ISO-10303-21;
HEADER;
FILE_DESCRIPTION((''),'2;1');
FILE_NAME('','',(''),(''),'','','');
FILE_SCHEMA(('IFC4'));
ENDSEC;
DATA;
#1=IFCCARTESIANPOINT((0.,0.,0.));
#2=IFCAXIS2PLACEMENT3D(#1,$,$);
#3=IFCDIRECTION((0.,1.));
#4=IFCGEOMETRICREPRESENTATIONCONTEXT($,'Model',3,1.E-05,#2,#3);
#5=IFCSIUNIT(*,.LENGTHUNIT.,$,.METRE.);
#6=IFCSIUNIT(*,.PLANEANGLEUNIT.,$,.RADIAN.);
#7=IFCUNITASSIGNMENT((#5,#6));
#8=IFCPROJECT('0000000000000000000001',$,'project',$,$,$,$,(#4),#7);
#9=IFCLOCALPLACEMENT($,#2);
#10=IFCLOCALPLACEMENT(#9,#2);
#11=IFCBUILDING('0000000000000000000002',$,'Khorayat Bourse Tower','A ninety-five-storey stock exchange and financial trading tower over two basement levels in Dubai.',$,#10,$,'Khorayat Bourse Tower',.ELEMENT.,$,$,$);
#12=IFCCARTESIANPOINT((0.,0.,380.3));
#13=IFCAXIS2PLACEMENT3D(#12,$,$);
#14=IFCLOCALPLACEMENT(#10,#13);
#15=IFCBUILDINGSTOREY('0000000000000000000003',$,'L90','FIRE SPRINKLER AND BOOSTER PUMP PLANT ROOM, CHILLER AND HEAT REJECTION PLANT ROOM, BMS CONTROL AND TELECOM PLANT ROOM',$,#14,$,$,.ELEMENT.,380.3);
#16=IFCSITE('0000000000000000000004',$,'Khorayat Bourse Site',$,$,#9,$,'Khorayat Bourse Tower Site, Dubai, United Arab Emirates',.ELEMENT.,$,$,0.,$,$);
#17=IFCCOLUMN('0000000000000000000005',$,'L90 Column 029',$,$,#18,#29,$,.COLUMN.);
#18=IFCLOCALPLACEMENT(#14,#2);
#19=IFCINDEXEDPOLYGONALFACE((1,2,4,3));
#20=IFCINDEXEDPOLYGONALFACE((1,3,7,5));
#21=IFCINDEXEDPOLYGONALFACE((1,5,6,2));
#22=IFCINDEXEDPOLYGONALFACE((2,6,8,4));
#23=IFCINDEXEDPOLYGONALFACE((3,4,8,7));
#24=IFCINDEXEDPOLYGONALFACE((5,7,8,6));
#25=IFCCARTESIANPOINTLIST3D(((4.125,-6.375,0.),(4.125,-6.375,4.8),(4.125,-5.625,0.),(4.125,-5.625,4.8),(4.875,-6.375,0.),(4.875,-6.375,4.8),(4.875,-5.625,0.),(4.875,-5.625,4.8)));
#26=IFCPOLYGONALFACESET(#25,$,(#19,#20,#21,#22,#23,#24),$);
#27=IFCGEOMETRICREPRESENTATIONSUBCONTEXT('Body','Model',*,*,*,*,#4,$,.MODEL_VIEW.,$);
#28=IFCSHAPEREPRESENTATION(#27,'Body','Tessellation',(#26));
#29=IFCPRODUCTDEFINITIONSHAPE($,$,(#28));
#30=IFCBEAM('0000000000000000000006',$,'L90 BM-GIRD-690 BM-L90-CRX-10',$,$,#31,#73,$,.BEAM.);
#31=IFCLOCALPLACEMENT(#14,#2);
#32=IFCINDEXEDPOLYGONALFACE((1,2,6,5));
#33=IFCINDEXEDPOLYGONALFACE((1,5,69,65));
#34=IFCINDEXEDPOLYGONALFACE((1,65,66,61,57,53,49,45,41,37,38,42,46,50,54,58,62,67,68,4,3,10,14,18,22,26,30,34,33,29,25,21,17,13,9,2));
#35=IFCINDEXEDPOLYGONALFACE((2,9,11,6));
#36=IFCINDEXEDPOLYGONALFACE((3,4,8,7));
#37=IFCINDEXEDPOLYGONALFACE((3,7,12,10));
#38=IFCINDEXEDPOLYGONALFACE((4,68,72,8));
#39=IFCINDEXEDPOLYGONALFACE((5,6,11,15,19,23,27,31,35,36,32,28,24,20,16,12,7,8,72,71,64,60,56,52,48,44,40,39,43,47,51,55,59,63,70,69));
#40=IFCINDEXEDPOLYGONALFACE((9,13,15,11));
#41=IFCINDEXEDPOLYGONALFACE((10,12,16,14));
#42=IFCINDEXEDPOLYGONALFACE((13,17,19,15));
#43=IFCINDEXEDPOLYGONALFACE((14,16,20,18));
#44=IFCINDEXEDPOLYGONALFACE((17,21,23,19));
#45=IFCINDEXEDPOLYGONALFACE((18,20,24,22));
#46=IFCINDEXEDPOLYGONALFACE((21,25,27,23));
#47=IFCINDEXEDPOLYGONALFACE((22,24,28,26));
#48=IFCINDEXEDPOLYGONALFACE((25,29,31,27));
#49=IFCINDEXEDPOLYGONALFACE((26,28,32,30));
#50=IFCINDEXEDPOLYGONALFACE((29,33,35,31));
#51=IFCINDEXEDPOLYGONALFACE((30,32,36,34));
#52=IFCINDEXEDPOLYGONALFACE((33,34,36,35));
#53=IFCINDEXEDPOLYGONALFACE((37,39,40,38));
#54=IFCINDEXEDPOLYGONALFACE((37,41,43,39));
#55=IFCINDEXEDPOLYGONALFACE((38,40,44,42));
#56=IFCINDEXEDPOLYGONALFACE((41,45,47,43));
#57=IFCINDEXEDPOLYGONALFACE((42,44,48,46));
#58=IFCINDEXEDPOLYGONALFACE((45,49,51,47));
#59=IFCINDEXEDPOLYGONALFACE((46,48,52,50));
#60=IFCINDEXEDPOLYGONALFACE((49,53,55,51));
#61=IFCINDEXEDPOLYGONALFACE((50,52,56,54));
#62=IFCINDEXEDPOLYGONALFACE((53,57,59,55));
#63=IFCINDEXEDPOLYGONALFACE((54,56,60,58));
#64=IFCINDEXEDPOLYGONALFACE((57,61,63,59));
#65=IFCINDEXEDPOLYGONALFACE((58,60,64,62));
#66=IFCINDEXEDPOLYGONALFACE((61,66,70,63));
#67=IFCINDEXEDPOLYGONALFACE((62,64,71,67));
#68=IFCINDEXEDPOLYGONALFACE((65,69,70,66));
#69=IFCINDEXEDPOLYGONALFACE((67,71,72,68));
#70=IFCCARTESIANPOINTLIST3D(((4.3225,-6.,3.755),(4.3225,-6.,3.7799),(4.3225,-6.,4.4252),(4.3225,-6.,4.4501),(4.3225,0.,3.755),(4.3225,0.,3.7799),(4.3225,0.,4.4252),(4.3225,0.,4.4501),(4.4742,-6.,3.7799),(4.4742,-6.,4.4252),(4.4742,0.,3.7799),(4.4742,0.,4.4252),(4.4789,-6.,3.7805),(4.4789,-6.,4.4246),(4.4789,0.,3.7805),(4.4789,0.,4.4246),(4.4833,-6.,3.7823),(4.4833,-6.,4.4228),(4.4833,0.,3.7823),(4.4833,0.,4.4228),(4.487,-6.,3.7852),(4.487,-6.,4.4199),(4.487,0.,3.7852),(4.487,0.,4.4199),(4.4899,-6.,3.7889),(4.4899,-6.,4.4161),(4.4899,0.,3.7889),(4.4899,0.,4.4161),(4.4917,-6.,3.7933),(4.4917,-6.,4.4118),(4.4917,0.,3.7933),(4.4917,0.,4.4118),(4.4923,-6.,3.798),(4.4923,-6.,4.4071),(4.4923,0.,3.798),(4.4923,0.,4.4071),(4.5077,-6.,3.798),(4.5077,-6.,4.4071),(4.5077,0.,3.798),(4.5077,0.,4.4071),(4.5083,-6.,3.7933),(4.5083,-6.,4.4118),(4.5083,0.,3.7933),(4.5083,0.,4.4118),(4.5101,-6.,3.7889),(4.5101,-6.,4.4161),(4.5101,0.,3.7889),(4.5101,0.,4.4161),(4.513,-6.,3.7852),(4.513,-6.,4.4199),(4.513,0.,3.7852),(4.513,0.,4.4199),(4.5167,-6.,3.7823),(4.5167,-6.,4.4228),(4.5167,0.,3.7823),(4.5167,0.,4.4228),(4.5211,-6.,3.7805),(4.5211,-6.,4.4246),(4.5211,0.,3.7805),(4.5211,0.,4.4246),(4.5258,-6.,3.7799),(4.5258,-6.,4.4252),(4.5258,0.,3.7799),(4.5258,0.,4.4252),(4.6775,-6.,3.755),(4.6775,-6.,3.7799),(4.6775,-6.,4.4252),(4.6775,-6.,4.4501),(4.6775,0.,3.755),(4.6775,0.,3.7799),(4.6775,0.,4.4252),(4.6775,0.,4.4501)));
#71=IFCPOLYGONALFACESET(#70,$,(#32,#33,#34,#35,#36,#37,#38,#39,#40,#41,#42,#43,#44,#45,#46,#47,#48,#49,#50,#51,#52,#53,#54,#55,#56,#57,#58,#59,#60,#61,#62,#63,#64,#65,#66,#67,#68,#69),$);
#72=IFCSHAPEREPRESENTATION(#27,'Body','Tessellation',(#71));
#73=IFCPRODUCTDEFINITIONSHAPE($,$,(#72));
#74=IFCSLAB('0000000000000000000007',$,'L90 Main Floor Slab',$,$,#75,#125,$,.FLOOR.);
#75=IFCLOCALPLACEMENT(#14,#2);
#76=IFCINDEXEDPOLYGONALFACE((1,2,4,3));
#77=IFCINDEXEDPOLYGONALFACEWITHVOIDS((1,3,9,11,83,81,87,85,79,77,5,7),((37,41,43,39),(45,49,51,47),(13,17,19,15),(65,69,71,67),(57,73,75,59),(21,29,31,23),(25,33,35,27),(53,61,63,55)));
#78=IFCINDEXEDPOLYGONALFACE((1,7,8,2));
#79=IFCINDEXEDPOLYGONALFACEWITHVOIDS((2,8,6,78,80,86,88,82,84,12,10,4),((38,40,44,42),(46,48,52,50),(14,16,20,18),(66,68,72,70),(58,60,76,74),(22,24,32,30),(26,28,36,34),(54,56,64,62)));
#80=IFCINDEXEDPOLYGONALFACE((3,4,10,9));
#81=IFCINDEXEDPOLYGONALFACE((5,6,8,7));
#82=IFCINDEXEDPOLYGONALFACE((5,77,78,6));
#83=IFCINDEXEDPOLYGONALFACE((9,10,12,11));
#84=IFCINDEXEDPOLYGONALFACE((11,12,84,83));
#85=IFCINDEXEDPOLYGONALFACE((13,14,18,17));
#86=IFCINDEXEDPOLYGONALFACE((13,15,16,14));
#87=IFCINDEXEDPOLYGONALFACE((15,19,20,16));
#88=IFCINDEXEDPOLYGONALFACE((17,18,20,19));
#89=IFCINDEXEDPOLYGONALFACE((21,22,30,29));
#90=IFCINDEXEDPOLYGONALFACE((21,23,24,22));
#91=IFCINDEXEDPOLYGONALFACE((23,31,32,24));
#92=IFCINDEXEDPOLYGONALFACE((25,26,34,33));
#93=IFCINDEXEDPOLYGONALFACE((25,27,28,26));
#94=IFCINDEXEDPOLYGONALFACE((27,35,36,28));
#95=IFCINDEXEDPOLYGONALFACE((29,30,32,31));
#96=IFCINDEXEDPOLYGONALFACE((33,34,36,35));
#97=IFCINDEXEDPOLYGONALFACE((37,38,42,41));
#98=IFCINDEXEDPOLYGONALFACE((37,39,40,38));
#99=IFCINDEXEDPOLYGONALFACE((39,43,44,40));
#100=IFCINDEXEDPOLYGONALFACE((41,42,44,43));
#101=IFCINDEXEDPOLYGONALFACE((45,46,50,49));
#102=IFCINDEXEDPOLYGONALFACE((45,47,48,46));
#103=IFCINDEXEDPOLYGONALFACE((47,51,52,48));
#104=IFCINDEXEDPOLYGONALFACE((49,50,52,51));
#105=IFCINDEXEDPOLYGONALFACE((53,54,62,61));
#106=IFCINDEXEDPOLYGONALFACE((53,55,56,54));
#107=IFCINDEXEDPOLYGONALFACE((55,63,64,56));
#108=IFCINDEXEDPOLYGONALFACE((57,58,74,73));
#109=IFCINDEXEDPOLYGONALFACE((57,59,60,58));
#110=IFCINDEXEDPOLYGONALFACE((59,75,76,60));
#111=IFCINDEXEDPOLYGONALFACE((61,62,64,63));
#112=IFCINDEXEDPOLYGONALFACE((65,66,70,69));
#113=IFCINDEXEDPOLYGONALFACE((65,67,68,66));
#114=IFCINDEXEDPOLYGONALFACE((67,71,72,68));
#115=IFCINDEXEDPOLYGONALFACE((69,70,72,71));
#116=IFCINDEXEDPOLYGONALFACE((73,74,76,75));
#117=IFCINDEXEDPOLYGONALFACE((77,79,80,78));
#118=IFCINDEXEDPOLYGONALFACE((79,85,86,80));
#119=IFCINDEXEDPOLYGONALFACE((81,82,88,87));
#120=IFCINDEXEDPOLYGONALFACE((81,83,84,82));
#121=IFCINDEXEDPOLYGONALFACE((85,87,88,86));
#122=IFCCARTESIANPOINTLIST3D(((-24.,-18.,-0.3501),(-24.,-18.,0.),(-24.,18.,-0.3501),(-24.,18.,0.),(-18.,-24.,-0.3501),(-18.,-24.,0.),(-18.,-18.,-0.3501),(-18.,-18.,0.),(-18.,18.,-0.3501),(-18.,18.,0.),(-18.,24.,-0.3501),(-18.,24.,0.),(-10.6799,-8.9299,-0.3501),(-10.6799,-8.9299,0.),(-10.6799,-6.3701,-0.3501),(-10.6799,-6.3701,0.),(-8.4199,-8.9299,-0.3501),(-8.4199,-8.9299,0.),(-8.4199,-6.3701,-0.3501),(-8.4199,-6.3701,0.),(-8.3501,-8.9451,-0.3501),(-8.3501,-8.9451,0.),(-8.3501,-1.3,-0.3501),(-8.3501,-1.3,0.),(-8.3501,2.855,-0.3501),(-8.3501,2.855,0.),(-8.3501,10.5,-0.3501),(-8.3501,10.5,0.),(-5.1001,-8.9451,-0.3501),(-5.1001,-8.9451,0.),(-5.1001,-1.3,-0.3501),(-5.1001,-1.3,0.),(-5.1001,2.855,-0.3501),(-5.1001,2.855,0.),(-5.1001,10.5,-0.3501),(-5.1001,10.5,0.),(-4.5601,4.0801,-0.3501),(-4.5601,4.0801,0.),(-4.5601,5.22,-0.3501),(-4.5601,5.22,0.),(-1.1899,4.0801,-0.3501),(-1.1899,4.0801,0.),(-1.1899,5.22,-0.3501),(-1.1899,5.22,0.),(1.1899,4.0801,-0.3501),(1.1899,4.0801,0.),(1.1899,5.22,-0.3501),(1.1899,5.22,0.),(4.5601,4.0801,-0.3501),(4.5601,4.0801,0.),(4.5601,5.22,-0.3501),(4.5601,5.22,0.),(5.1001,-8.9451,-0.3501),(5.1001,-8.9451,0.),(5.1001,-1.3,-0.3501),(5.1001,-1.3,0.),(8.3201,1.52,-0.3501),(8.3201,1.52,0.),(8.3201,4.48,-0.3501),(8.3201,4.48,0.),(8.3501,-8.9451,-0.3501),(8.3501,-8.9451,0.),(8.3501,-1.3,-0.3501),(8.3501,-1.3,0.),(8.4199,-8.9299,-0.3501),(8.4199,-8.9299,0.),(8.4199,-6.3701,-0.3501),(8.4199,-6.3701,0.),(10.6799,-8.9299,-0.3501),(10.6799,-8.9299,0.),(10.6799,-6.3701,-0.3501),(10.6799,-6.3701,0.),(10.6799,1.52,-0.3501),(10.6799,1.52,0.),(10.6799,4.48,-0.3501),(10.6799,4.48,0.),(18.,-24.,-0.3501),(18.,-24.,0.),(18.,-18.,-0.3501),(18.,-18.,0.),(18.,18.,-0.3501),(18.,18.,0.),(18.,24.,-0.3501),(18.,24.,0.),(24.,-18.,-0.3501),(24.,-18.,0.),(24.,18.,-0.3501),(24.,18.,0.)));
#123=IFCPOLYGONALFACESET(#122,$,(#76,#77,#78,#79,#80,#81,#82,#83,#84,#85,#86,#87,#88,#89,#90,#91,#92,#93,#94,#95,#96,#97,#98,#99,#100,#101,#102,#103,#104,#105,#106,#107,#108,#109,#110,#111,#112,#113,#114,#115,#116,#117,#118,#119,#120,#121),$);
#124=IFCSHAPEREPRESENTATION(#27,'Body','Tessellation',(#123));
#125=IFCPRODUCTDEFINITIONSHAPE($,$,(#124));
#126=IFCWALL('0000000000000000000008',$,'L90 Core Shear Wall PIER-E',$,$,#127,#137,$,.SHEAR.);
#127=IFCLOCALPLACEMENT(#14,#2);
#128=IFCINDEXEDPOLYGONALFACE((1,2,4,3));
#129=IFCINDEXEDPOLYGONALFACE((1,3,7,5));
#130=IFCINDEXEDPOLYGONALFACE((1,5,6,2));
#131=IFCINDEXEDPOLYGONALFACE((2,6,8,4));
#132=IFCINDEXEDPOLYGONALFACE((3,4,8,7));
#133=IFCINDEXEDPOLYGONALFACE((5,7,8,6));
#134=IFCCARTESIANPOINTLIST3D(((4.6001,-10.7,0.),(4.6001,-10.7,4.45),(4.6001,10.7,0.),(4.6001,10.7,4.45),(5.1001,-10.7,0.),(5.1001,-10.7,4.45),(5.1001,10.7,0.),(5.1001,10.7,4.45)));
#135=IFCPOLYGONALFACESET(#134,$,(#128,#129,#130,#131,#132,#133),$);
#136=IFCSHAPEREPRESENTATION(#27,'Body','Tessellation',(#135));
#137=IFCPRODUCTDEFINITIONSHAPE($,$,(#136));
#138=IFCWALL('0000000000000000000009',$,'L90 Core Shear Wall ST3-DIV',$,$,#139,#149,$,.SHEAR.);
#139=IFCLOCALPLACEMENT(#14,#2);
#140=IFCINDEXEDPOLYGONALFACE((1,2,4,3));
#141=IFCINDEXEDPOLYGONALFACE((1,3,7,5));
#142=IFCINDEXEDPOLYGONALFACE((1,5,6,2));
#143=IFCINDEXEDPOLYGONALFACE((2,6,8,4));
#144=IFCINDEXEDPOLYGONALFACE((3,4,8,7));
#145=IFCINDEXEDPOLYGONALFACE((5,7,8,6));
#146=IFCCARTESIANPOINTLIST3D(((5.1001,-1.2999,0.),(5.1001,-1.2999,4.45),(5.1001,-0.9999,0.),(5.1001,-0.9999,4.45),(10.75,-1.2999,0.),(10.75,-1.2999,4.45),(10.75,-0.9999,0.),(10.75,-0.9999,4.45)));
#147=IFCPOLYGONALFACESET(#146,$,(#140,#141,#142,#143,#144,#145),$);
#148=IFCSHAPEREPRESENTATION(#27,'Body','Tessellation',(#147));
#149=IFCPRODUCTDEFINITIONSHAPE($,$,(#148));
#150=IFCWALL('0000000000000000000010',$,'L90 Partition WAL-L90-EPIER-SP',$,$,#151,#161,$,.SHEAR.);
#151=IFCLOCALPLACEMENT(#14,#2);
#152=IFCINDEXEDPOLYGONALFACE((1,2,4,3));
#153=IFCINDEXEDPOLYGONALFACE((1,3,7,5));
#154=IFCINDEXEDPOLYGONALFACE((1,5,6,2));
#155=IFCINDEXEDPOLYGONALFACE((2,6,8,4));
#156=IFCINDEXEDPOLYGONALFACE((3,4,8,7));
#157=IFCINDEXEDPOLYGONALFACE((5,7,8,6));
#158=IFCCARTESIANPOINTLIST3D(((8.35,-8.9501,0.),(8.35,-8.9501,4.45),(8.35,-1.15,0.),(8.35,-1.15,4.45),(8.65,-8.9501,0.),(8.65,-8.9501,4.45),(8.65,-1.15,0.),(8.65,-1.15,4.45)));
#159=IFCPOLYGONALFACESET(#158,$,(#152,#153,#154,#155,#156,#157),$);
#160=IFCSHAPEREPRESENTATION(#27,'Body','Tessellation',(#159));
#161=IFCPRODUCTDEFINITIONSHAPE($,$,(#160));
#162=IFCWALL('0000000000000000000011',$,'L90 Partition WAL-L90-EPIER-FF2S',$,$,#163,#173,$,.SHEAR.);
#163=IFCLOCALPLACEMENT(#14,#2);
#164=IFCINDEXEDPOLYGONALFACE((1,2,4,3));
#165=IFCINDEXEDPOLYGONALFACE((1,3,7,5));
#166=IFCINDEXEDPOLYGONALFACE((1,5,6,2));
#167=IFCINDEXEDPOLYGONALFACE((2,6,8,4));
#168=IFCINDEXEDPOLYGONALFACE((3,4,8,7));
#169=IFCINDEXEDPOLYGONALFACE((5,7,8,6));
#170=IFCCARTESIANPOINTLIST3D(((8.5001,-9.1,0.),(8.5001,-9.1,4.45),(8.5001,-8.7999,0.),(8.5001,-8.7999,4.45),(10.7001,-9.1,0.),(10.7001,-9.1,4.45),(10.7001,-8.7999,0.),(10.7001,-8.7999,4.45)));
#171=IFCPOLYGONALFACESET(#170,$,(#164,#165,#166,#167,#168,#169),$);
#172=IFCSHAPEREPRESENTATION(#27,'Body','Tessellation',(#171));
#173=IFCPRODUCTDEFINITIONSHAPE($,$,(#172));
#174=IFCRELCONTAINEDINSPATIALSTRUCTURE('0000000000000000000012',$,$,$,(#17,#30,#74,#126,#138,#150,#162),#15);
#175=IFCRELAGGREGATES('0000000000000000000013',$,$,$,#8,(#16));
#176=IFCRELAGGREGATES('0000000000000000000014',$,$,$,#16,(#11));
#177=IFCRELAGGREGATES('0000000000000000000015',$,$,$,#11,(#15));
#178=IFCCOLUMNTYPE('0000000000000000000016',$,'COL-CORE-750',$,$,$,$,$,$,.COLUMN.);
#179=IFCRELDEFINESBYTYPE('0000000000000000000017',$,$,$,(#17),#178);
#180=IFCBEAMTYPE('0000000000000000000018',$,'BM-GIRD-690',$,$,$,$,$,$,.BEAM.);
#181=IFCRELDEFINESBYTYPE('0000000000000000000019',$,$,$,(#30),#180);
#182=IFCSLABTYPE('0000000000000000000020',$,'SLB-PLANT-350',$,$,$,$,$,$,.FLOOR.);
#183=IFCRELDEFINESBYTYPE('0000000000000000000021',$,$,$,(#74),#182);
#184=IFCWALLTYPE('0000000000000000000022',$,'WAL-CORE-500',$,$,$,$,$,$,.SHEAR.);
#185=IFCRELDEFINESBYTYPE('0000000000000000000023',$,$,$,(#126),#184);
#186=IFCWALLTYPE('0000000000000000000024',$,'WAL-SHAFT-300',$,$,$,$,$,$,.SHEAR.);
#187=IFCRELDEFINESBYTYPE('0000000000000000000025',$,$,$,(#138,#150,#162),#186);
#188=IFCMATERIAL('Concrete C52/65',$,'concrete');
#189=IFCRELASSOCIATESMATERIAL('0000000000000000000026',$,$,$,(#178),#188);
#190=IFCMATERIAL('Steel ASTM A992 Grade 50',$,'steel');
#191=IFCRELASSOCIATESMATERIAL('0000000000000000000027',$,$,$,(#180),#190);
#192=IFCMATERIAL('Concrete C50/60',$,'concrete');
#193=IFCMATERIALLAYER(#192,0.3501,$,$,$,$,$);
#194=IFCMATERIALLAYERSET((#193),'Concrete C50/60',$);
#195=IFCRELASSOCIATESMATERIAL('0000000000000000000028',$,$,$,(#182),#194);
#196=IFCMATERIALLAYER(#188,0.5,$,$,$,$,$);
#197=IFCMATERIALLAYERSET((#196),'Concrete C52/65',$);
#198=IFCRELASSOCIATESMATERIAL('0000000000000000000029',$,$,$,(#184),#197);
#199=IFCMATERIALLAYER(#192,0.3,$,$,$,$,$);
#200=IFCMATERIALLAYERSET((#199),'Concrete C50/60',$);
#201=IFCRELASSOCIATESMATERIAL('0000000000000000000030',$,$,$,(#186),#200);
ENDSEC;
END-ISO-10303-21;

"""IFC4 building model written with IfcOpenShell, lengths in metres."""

from ifc_helpers import new_model, si_unit, direction, frame, frame_2d, origin, origin_2d, place, context, subcontext, project, spatial, polyline, rectangle, i_section, outline, extrude, source, transform, mapped, material, layer, layer_set, material_profile, profile_set, type_object, element, save


model = new_model("IFC4")

# Units and contexts
model_context = context("Model", 3, precision=1e-05, world=origin(), true_north=direction((0.0, 1.0)))
body_context = subcontext(model_context, "Body", "Model", "MODEL_VIEW")
ifc_project = project(units=[si_unit("LENGTHUNIT", "METRE"), si_unit("PLANEANGLEUNIT", "RADIAN")], contexts=[model_context])

# Site, building, storey
site_placement = place(None, origin())
site = spatial("IfcSite", under=ifc_project, at=site_placement, Name="Khorayat Bourse Site", LongName="Khorayat Bourse Tower Site, Dubai, United Arab Emirates", CompositionType="ELEMENT", RefElevation=0.0)
building_placement = place(site_placement, origin())
building = spatial("IfcBuilding", under=site, at=building_placement, Name="Khorayat Bourse Tower", Description="A ninety-five-storey stock exchange and financial trading tower over two basement levels in Dubai.", LongName="Khorayat Bourse Tower", CompositionType="ELEMENT")
storey_placement = place(building_placement, frame((0.0, 0.0, 380.3)))
storey = spatial("IfcBuildingStorey", under=building, at=storey_placement, Name="L90", Description="FIRE SPRINKLER AND BOOSTER PUMP PLANT ROOM, CHILLER AND HEAT REJECTION PLANT ROOM, BMS CONTROL AND TELECOM PLANT ROOM", CompositionType="ELEMENT", Elevation=380.3)

# Column
ifc_material_1 = material(Name="Concrete C52/65", Category="concrete")
ifc_material_profile_1 = material_profile(ifc_material_1, rectangle(XDim=0.75, YDim=0.75, at=origin_2d()), Name="RC 750x750")
ifc_profile_set_1 = profile_set([ifc_material_profile_1], Name="Concrete C52/65")
column_type = type_object("IfcColumnType", Name="COL-CORE-750", PredefinedType="COLUMN", material=ifc_profile_set_1)
shared_shape_1 = source(origin(), body_context, "Body", "SweptSolid", [
    extrude(rectangle(XDim=0.75, YDim=0.75, at=origin_2d()), origin(), (0.0, 0.0, 1.0), 4.8),
])
column_placement = place(storey_placement, frame((4.5, -6.0, 0.0), z_axis=(0.0, 0.0, 1.0), x_axis=(1.0, 0.0, 0.0)))
element("IfcColumn", 1, at=column_placement, inside=storey, type_object=column_type, Name="L90 Column 029", PredefinedType="COLUMN", context=body_context, shape_type="MappedRepresentation", body=[
    mapped(shared_shape_1, transform((0.0, 0.0, 0.0), scale=1.0)),
])

# Beam
ifc_material_2 = material(Name="Steel ASTM A992 Grade 50", Category="steel")
ifc_material_profile_2 = material_profile(ifc_material_2, i_section(OverallWidth=0.355, OverallDepth=0.6951, WebThickness=0.0154, FlangeThickness=0.0249, FilletRadius=0.0181, at=origin_2d()), Name="W690X217")
ifc_profile_set_2 = profile_set([ifc_material_profile_2], Name="Steel ASTM A992 Grade 50")
beam_type = type_object("IfcBeamType", Name="BM-GIRD-690", PredefinedType="BEAM", material=ifc_profile_set_2)
shared_shape_2 = source(origin(), body_context, "Body", "SweptSolid", [
    extrude(i_section(OverallWidth=0.355, OverallDepth=0.6951, WebThickness=0.0154, FlangeThickness=0.0249, FilletRadius=0.0181, at=origin_2d()), origin(), (0.0, 0.0, 1.0), 6.0),
])
beam_placement = place(storey_placement, frame((4.5, -6.0, 4.1025), z_axis=(0.0, 1.0, 0.0), x_axis=(-1.0, 0.0, 0.0)))
element("IfcBeam", 2, at=beam_placement, inside=storey, type_object=beam_type, Name="L90 BM-GIRD-690 BM-L90-CRX-10", PredefinedType="BEAM", context=body_context, shape_type="MappedRepresentation", body=[
    mapped(shared_shape_2, transform((0.0, 0.0, 0.0), scale=1.0)),
])

# Slab
ifc_material_3 = material(Name="Concrete C50/60", Category="concrete")
ifc_layer_1 = layer(ifc_material_3, 0.3501)
ifc_layer_set_1 = layer_set([ifc_layer_1], Name="Concrete C50/60")
slab_type = type_object("IfcSlabType", Name="SLB-PLANT-350", PredefinedType="FLOOR", material=ifc_layer_set_1)
slab_placement = place(storey_placement, frame((0.0, 0.0, -0.3501)))
element("IfcSlab", 3, at=slab_placement, inside=storey, type_object=slab_type, Name="L90 Main Floor Slab", PredefinedType="FLOOR", context=body_context, shape_type="SweptSolid", body=[
    extrude(outline(polyline([(-18.0, -24.0), (18.0, -24.0), (18.0, -18.0), (24.0, -18.0), (24.0, 18.0), (18.0, 18.0), (18.0, 24.0), (-18.0, 24.0), (-18.0, 18.0), (-24.0, 18.0), (-24.0, -18.0), (-18.0, -18.0), (-18.0, -24.0)]), holes=[polyline([(-8.3501, -8.9451), (-5.1001, -8.9451), (-5.1001, -1.3), (-8.3501, -1.3), (-8.3501, -8.9451)]), polyline([(-8.3501, 2.855), (-5.1001, 2.855), (-5.1001, 10.5), (-8.3501, 10.5), (-8.3501, 2.855)]), polyline([(5.1001, -8.9451), (8.3501, -8.9451), (8.3501, -1.3), (5.1001, -1.3), (5.1001, -8.9451)]), polyline([(-10.6799, -8.9299), (-8.4199, -8.9299), (-8.4199, -6.3701), (-10.6799, -6.3701), (-10.6799, -8.9299)]), polyline([(8.4199, -8.9299), (10.6799, -8.9299), (10.6799, -6.3701), (8.4199, -6.3701), (8.4199, -8.9299)]), polyline([(8.3201, 1.52), (10.6799, 1.52), (10.6799, 4.48), (8.3201, 4.48), (8.3201, 1.52)]), polyline([(-4.5601, 4.0801), (-1.1899, 4.0801), (-1.1899, 5.22), (-4.5601, 5.22), (-4.5601, 4.0801)]), polyline([(1.1899, 4.0801), (4.5601, 4.0801), (4.5601, 5.22), (1.1899, 5.22), (1.1899, 4.0801)])]), origin(), (0.0, 0.0, 1.0), 0.3501),
])

# Walls
ifc_layer_2 = layer(ifc_material_1, 0.5)
ifc_layer_set_2 = layer_set([ifc_layer_2], Name="Concrete C52/65")
wall_type_1 = type_object("IfcWallType", Name="WAL-CORE-500", PredefinedType="SHEAR", material=ifc_layer_set_2)
shared_shape_3 = source(origin(), body_context, "Body", "SweptSolid", [
    extrude(rectangle(XDim=21.3999, YDim=0.5, at=frame_2d((10.7, 0.0))), origin(), (0.0, 0.0, 1.0), 4.45),
])
wall_1_placement = place(storey_placement, frame((4.8501, -10.7, 0.0), z_axis=(0.0, 0.0, 1.0), x_axis=(0.0, 1.0, 0.0)))
element("IfcWall", 4, at=wall_1_placement, inside=storey, type_object=wall_type_1, Name="L90 Core Shear Wall PIER-E", PredefinedType="SHEAR", context=body_context, shape_type="MappedRepresentation", body=[
    mapped(shared_shape_3, transform((0.0, 0.0, 0.0), scale=1.0)),
])
ifc_layer_3 = layer(ifc_material_3, 0.3)
ifc_layer_set_3 = layer_set([ifc_layer_3], Name="Concrete C50/60")
wall_type_2 = type_object("IfcWallType", Name="WAL-SHAFT-300", PredefinedType="SHEAR", material=ifc_layer_set_3)
shared_shape_4 = source(origin(), body_context, "Body", "SweptSolid", [
    extrude(rectangle(XDim=5.6499, YDim=0.3, at=frame_2d((2.825, 0.0))), origin(), (0.0, 0.0, 1.0), 4.45),
])
wall_2_placement = place(storey_placement, frame((5.1001, -1.1499, 0.0), z_axis=(0.0, 0.0, 1.0), x_axis=(1.0, 0.0, 0.0)))
element("IfcWall", 5, at=wall_2_placement, inside=storey, type_object=wall_type_2, Name="L90 Core Shear Wall ST3-DIV", PredefinedType="SHEAR", context=body_context, shape_type="MappedRepresentation", body=[
    mapped(shared_shape_4, transform((0.0, 0.0, 0.0), scale=1.0)),
])
shared_shape_5 = source(origin(), body_context, "Body", "SweptSolid", [
    extrude(rectangle(XDim=7.8, YDim=0.3, at=frame_2d((3.8999, 0.0))), origin(), (0.0, 0.0, 1.0), 4.45),
])
wall_3_placement = place(storey_placement, frame((8.5, -8.95, 0.0), z_axis=(0.0, 0.0, 1.0), x_axis=(0.0, 1.0, 0.0)))
element("IfcWall", 6, at=wall_3_placement, inside=storey, type_object=wall_type_2, Name="L90 Partition WAL-L90-EPIER-SP", PredefinedType="SHEAR", context=body_context, shape_type="MappedRepresentation", body=[
    mapped(shared_shape_5, transform((0.0, 0.0, 0.0), scale=1.0)),
])
shared_shape_6 = source(origin(), body_context, "Body", "SweptSolid", [
    extrude(rectangle(XDim=2.2, YDim=0.3, at=frame_2d((1.1001, 0.0))), origin(), (0.0, 0.0, 1.0), 4.45),
])
for number, where, z_axis, x_axis, name in (
    (7, (8.5, -8.95, 0.0), (0.0, 0.0, 1.0), (1.0, 0.0, 0.0), "L90 Partition WAL-L90-EPIER-FF2S"),
):
    element("IfcWall", number, at=place(storey_placement, frame(where, z_axis=z_axis, x_axis=x_axis)), inside=storey, type_object=wall_type_2, Name=name, PredefinedType="SHEAR", context=body_context, shape_type="MappedRepresentation", body=[
        mapped(shared_shape_6, transform((0.0, 0.0, 0.0), scale=1.0)),
    ])

save(model, "model.ifc")
